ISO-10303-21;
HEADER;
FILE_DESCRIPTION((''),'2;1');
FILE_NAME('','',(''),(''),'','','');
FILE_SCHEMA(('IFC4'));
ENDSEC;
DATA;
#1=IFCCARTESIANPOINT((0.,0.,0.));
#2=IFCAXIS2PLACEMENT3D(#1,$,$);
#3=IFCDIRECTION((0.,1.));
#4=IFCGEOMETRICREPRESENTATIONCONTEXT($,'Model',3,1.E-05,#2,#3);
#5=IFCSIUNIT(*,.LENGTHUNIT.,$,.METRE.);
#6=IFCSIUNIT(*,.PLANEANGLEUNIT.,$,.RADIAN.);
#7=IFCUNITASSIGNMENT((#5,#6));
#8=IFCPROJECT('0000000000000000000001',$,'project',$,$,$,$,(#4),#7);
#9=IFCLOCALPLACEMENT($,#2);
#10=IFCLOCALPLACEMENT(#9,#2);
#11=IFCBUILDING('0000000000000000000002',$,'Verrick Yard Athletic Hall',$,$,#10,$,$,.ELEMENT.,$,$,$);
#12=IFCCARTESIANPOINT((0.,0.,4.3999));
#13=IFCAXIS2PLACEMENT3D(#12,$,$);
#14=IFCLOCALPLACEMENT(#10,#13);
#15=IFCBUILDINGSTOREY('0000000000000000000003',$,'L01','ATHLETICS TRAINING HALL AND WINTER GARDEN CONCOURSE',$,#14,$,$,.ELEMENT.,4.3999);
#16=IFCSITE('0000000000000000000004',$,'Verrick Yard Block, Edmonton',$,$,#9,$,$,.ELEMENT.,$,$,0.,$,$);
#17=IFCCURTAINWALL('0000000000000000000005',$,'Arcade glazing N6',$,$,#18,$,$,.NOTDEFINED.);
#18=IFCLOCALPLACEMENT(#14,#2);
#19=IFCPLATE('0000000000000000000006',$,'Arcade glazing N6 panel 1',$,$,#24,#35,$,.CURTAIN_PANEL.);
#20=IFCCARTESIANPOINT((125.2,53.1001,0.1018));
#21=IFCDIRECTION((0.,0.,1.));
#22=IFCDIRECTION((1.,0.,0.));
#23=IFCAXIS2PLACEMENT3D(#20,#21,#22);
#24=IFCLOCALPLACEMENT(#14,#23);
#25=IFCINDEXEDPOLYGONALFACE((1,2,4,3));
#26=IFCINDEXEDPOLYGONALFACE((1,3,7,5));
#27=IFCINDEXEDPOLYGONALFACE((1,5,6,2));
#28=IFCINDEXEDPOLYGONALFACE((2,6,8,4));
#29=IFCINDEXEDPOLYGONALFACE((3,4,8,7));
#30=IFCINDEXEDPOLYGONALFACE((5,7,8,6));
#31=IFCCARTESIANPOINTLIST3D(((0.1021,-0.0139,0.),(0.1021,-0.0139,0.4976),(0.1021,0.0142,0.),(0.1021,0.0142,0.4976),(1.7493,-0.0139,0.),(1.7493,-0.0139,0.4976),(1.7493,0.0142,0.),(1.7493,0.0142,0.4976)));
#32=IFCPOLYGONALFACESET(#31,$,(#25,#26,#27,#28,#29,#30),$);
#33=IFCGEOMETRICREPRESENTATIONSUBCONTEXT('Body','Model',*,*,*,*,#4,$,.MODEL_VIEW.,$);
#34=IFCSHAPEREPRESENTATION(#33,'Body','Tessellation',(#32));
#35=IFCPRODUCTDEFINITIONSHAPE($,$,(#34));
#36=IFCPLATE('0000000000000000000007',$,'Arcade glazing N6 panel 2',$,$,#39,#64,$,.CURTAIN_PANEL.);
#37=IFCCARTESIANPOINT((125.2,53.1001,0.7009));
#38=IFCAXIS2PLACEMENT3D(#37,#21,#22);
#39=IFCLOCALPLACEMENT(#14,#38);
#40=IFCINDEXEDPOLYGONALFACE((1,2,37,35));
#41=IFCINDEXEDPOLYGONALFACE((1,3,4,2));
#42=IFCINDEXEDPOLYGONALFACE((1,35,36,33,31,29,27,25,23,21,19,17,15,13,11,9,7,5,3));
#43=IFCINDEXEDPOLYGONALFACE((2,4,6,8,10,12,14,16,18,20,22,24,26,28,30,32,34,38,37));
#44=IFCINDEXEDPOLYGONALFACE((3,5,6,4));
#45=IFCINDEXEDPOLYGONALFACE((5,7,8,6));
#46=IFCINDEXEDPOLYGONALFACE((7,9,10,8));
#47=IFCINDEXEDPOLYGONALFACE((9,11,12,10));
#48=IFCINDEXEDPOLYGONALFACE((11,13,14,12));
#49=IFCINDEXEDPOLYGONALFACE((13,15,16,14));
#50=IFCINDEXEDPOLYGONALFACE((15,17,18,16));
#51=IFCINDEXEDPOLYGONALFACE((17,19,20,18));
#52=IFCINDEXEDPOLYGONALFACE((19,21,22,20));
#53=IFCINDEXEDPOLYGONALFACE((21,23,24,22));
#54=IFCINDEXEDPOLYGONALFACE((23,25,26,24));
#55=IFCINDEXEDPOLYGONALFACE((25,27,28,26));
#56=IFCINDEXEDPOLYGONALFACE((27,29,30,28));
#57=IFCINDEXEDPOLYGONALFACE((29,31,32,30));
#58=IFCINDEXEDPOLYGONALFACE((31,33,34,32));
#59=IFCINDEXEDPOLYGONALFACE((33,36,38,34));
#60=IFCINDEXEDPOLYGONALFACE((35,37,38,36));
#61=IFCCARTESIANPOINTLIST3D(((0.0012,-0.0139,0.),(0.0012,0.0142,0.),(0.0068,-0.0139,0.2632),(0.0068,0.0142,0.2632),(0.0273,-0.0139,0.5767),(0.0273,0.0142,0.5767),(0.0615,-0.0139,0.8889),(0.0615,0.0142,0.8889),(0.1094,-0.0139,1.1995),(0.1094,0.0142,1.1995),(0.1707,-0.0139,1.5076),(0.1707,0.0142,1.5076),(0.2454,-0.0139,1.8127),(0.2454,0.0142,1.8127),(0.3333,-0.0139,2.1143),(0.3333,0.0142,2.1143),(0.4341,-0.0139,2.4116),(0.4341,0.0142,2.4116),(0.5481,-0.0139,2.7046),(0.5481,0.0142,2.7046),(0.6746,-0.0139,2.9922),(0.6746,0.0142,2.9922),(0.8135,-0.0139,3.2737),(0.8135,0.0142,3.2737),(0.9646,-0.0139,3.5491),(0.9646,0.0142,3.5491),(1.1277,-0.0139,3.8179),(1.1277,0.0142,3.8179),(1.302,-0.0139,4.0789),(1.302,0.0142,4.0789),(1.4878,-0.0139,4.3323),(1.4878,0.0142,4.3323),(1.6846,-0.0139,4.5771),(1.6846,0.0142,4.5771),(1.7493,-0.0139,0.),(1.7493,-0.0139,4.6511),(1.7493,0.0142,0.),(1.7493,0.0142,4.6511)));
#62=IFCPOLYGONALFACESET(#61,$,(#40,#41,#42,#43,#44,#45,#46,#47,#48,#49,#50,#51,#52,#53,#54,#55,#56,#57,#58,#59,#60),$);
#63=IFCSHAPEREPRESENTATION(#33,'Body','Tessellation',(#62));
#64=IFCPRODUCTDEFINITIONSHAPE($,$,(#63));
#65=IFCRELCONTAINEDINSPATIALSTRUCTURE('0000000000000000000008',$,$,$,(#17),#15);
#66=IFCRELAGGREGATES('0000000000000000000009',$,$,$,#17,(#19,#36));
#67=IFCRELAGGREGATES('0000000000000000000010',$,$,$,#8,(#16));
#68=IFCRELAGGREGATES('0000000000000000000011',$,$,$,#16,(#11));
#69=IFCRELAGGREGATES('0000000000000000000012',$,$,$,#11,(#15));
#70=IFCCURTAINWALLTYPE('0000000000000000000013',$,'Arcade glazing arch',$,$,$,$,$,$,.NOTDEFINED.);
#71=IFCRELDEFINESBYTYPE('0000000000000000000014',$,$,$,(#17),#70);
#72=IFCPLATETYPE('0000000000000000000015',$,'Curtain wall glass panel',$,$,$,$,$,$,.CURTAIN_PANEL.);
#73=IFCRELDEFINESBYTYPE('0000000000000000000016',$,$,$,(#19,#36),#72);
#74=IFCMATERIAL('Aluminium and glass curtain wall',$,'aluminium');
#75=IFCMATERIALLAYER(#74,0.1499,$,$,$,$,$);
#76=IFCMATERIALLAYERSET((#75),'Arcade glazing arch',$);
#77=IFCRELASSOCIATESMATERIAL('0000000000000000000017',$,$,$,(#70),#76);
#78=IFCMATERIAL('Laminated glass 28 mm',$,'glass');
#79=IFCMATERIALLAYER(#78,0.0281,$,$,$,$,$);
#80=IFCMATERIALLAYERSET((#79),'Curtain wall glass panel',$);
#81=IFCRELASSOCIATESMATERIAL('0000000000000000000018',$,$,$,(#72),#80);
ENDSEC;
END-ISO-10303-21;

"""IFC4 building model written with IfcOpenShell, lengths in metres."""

from ifc_helpers import new_model, si_unit, direction, frame, origin, place, context, subcontext, project, spatial, polyline, outline, extrude, material, layer, layer_set, type_object, element, aggregate, save


model = new_model("IFC4")

# Units and contexts
model_context = context("Model", 3, precision=1e-05, world=origin(), true_north=direction((0.0, 1.0)))
body_context = subcontext(model_context, "Body", "Model", "MODEL_VIEW")
ifc_project = project(units=[si_unit("LENGTHUNIT", "METRE"), si_unit("PLANEANGLEUNIT", "RADIAN")], contexts=[model_context])

# Site, building, storey
site_placement = place(None, origin())
site = spatial("IfcSite", under=ifc_project, at=site_placement, Name="Verrick Yard Block, Edmonton", CompositionType="ELEMENT", RefElevation=0.0)
building_placement = place(site_placement, origin())
building = spatial("IfcBuilding", under=site, at=building_placement, Name="Verrick Yard Athletic Hall", CompositionType="ELEMENT")
storey_placement = place(building_placement, frame((0.0, 0.0, 4.3999)))
storey = spatial("IfcBuildingStorey", under=building, at=storey_placement, Name="L01", Description="ATHLETICS TRAINING HALL AND WINTER GARDEN CONCOURSE", CompositionType="ELEMENT", Elevation=4.3999)

# Shared definitions
ifc_material_1 = material(Name="Aluminium and glass curtain wall", Category="aluminium")
ifc_layer_1 = layer(ifc_material_1, 0.1499)
ifc_layer_set_1 = layer_set([ifc_layer_1], Name="Arcade glazing arch")
curtain_wall_type = type_object("IfcCurtainWallType", Name="Arcade glazing arch", PredefinedType="NOTDEFINED", material=ifc_layer_set_1)

# Curtain wall, plates
curtain_wall_1_placement = place(storey_placement, origin())
curtain_wall_1 = element("IfcCurtainWall", 1, at=curtain_wall_1_placement, inside=storey, type_object=curtain_wall_type, Name="Arcade glazing N6", PredefinedType="NOTDEFINED")
ifc_material_2 = material(Name="Laminated glass 28 mm", Category="glass")
ifc_layer_2 = layer(ifc_material_2, 0.0281)
ifc_layer_set_2 = layer_set([ifc_layer_2], Name="Curtain wall glass panel")
plate_type = type_object("IfcPlateType", Name="Curtain wall glass panel", PredefinedType="CURTAIN_PANEL", material=ifc_layer_set_2)
plate_1_placement = place(storey_placement, frame((125.2, 53.1001, 0.1018), z_axis=(0.0, 0.0, 1.0), x_axis=(1.0, 0.0, 0.0)))
plate_1 = element("IfcPlate", 2, at=plate_1_placement, type_object=plate_type, Name="Arcade glazing N6 panel 1", PredefinedType="CURTAIN_PANEL", context=body_context, shape_type="SweptSolid", body=[
    extrude(outline(polyline([(1.7493, 0.0), (1.7493, 0.4976), (0.1021, 0.4976), (0.1021, 0.0), (1.7493, 0.0)])), frame((0.0, 0.0142, 0.0), z_axis=(0.0, -1.0, 0.0), x_axis=(1.0, 0.0, 0.0)), (0.0, 0.0, 1.0), 0.0281),
])
plate_2_placement = place(storey_placement, frame((125.2, 53.1001, 0.7009), z_axis=(0.0, 0.0, 1.0), x_axis=(1.0, 0.0, 0.0)))
plate_2 = element("IfcPlate", 3, at=plate_2_placement, type_object=plate_type, Name="Arcade glazing N6 panel 2", PredefinedType="CURTAIN_PANEL", context=body_context, shape_type="SweptSolid", body=[
    extrude(outline(polyline([(1.7493, 4.6511), (1.6846, 4.5771), (1.4878, 4.3323), (1.302, 4.0789), (1.1277, 3.8179), (0.9646, 3.5491), (0.8135, 3.2737), (0.6746, 2.9922), (0.5481, 2.7046), (0.4341, 2.4116), (0.3333, 2.1143), (0.2454, 1.8127), (0.1707, 1.5076), (0.1094, 1.1995), (0.0615, 0.8889), (0.0273, 0.5767), (0.0068, 0.2632), (0.0012, 0.0), (1.7493, 0.0), (1.7493, 4.6511)])), frame((0.0, 0.0142, 0.0), z_axis=(0.0, -1.0, 0.0), x_axis=(1.0, 0.0, 0.0)), (0.0, 0.0, 1.0), 0.0281),
])
aggregate(curtain_wall_1, [plate_1, plate_2])

save(model, "model.ifc")
